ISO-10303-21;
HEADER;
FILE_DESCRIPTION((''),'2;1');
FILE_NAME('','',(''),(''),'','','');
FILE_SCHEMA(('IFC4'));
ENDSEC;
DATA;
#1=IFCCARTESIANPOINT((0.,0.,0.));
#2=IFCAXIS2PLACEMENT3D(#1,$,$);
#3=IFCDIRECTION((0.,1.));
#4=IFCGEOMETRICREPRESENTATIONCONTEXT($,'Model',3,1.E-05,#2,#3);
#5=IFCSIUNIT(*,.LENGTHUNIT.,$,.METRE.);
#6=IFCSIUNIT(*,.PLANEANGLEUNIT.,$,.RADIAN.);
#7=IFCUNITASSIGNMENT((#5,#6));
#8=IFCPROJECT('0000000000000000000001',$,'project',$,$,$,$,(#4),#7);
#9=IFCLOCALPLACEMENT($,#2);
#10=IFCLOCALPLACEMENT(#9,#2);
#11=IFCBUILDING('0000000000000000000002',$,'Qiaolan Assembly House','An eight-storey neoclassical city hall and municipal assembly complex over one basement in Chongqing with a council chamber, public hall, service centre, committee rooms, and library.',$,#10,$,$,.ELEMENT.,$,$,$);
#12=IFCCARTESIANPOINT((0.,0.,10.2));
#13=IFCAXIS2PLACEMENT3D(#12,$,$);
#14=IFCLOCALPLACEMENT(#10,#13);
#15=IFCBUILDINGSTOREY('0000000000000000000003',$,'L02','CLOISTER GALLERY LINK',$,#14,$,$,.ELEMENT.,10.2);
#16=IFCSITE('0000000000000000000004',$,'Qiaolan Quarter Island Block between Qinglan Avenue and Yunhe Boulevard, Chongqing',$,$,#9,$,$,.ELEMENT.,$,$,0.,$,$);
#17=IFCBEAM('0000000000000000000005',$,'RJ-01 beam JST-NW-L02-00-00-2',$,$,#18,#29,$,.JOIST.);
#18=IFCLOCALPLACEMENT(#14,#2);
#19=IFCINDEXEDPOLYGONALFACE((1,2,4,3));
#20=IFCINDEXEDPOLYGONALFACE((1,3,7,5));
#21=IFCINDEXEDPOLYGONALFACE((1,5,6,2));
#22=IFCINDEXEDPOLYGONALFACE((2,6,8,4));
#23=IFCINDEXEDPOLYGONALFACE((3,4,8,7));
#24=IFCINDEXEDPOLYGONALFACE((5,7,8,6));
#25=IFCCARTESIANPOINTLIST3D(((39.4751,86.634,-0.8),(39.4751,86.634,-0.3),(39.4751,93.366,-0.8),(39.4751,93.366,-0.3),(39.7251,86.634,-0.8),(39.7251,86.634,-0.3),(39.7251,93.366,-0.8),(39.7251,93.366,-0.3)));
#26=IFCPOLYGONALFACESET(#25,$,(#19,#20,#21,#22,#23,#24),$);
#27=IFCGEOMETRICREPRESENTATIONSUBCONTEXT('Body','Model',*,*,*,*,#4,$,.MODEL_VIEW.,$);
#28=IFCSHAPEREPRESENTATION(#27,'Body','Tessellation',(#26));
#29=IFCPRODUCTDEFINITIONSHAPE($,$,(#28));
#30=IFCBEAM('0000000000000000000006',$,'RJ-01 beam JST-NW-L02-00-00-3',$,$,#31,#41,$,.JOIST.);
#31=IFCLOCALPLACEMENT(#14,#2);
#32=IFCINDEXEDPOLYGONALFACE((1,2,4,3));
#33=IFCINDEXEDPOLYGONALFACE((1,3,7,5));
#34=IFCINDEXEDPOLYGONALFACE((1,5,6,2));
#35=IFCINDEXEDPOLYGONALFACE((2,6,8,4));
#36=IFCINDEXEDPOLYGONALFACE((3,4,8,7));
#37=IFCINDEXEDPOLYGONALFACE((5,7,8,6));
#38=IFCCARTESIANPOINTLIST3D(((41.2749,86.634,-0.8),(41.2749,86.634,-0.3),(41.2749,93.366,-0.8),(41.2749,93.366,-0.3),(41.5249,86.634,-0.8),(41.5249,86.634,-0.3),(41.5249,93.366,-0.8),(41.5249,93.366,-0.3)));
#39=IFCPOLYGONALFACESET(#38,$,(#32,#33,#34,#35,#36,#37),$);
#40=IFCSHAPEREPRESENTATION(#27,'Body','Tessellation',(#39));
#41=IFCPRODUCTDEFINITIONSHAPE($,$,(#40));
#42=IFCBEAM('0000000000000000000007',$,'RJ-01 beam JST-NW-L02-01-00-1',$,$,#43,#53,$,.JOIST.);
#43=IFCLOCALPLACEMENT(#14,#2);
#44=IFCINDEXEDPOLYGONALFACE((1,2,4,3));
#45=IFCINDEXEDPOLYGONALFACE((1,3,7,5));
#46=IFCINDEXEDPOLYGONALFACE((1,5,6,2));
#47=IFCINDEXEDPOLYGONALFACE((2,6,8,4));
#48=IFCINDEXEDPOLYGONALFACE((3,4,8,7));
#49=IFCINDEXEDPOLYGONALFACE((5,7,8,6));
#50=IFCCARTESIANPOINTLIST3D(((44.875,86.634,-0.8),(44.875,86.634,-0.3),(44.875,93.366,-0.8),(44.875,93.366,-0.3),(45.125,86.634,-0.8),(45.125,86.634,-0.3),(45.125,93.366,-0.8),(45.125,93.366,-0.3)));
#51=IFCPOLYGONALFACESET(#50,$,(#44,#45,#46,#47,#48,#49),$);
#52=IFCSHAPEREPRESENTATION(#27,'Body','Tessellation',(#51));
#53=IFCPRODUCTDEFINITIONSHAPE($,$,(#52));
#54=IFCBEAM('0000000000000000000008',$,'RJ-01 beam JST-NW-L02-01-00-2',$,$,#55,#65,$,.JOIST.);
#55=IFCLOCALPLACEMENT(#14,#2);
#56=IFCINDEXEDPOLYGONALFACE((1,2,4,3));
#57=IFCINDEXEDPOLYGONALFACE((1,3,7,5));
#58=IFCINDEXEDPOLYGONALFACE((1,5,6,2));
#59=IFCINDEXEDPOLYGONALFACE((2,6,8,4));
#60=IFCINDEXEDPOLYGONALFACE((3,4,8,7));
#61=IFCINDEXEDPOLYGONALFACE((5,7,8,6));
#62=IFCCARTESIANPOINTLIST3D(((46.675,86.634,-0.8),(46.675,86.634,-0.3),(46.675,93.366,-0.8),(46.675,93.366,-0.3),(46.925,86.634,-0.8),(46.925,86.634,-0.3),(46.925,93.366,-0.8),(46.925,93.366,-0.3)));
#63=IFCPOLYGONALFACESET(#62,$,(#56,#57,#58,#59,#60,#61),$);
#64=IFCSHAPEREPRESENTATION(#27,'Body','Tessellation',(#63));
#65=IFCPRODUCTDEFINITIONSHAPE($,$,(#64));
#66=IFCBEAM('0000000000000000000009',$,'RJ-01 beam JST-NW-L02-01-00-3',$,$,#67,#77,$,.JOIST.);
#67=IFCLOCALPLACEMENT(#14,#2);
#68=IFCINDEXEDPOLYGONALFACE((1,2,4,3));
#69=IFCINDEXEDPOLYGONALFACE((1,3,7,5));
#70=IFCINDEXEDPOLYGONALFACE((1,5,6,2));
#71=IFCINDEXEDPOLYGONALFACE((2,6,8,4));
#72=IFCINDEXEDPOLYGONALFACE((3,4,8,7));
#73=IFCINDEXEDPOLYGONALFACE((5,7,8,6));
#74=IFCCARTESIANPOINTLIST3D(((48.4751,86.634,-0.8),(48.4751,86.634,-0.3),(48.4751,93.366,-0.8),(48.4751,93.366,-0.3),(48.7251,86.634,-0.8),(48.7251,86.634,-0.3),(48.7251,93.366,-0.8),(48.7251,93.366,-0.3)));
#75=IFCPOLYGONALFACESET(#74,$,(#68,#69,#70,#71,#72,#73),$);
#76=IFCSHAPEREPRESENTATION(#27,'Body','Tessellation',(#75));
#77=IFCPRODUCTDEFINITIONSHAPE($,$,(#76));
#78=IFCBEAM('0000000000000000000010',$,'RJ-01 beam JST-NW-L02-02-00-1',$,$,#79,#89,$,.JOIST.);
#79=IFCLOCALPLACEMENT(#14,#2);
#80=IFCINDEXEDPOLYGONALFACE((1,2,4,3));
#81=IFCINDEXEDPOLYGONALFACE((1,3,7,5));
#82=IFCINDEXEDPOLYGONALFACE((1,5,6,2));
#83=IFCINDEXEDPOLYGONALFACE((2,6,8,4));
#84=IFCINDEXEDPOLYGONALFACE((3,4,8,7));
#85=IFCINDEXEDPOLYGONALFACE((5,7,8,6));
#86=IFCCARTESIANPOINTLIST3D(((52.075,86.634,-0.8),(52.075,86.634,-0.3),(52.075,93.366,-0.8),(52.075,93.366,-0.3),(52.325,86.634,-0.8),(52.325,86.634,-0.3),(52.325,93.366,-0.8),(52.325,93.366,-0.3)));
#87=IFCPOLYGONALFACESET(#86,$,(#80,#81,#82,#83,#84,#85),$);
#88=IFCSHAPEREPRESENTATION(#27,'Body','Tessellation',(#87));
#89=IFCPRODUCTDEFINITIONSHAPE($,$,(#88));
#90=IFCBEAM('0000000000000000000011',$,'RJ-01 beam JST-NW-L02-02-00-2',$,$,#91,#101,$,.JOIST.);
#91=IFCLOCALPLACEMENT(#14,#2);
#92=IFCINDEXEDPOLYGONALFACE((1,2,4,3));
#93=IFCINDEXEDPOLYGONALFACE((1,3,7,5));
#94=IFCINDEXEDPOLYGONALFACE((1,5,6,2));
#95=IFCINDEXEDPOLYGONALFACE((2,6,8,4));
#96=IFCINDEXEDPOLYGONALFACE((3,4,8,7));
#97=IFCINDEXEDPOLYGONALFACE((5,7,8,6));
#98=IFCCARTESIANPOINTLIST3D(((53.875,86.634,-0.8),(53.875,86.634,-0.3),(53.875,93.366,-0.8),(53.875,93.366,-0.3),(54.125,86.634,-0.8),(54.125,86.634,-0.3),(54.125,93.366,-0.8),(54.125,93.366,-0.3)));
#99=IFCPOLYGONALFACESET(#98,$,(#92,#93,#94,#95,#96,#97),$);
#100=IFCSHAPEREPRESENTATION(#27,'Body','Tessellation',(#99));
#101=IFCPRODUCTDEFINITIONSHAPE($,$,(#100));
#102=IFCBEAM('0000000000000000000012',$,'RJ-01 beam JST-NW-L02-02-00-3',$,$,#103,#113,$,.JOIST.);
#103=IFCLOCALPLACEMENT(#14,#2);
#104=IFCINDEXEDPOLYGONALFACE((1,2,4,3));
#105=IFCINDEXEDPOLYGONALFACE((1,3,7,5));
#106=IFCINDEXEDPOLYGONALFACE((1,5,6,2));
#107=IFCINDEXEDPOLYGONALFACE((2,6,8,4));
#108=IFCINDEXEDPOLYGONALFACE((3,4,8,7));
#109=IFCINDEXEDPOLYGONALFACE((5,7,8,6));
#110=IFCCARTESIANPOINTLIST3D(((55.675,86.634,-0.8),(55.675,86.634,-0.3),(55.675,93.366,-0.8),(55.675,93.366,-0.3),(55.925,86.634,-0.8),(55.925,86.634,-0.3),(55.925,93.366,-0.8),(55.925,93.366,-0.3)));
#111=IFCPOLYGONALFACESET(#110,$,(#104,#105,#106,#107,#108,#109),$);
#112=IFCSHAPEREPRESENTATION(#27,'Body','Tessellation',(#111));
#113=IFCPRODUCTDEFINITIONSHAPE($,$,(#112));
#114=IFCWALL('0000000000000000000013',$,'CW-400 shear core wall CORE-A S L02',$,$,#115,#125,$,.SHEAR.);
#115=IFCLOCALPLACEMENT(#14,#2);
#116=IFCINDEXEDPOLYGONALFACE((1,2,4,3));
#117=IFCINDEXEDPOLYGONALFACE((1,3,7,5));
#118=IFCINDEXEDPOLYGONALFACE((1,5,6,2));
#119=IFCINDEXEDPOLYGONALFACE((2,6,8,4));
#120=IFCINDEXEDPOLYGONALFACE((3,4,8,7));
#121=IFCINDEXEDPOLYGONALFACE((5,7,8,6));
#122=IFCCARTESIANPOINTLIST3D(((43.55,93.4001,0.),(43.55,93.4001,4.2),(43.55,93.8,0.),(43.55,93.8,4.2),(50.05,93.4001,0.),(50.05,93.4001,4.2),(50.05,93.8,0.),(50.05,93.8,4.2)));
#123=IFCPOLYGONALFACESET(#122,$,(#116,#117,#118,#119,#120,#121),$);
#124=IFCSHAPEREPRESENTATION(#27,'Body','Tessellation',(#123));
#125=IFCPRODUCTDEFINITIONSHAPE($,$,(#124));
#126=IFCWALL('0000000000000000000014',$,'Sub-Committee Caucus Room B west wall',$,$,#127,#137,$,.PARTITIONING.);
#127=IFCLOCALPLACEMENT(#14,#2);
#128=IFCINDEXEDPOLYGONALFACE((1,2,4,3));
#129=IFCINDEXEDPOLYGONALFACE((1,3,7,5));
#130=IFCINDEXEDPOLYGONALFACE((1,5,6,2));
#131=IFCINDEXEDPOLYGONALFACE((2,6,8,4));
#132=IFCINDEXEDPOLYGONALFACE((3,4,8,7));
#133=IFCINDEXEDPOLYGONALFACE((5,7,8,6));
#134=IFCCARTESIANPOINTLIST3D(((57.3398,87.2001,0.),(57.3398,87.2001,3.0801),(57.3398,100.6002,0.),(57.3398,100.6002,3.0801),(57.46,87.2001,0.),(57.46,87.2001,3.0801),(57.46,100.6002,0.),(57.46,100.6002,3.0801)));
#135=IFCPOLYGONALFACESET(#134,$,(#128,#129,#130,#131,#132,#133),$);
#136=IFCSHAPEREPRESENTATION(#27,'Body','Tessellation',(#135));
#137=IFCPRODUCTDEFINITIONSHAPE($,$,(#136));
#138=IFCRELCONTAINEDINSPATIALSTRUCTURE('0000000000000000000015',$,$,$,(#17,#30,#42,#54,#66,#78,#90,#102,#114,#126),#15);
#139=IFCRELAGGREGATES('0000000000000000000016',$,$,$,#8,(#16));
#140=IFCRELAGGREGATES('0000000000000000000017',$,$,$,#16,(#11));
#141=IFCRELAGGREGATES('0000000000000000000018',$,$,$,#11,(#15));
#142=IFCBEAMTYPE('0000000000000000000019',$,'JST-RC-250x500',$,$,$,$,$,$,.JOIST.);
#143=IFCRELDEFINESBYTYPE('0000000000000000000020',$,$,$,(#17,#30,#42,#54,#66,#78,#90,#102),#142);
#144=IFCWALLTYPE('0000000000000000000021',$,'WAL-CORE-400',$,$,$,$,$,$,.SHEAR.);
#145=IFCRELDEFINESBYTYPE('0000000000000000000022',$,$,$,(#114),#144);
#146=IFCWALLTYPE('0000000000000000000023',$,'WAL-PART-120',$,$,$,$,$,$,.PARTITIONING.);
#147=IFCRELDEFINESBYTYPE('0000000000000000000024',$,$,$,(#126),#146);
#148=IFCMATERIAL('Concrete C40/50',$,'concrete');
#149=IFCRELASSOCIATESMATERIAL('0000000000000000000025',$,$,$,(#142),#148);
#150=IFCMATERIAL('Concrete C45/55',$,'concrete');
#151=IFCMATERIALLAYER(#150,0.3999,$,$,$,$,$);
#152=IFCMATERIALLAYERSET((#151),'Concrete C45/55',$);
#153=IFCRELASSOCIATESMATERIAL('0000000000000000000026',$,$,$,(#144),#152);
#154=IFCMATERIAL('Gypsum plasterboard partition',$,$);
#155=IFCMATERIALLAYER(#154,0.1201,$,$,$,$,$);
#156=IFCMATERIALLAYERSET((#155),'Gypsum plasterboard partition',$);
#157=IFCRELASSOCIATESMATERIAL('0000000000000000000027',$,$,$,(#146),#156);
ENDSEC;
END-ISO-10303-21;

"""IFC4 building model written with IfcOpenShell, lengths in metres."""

from ifc_helpers import new_model, si_unit, direction, frame, frame_2d, origin, origin_2d, place, context, subcontext, project, spatial, rectangle, extrude, material, layer, layer_set, material_profile, profile_set, type_object, element, save


model = new_model("IFC4")

# Units and contexts
model_context = context("Model", 3, precision=1e-05, world=origin(), true_north=direction((0.0, 1.0)))
body_context = subcontext(model_context, "Body", "Model", "MODEL_VIEW")
ifc_project = project(units=[si_unit("LENGTHUNIT", "METRE"), si_unit("PLANEANGLEUNIT", "RADIAN")], contexts=[model_context])

# Site, building, storey
site_placement = place(None, origin())
site = spatial("IfcSite", under=ifc_project, at=site_placement, Name="Qiaolan Quarter Island Block between Qinglan Avenue and Yunhe Boulevard, Chongqing", CompositionType="ELEMENT", RefElevation=0.0)
building_placement = place(site_placement, origin())
building = spatial("IfcBuilding", under=site, at=building_placement, Name="Qiaolan Assembly House", Description="An eight-storey neoclassical city hall and municipal assembly complex over one basement in Chongqing with a council chamber, public hall, service centre, committee rooms, and library.", CompositionType="ELEMENT")
storey_placement = place(building_placement, frame((0.0, 0.0, 10.2)))
storey = spatial("IfcBuildingStorey", under=building, at=storey_placement, Name="L02", Description="CLOISTER GALLERY LINK", CompositionType="ELEMENT", Elevation=10.2)

# Shared definitions
ifc_material_1 = material(Name="Concrete C45/55", Category="concrete")

# Beams
ifc_material_2 = material(Name="Concrete C40/50", Category="concrete")
ifc_material_profile_1 = material_profile(ifc_material_2, rectangle(XDim=0.25, YDim=0.5, at=origin_2d()), Name="RCB 250x500")
ifc_profile_set_1 = profile_set([ifc_material_profile_1], Name="Concrete C40/50")
beam_type_1 = type_object("IfcBeamType", Name="JST-RC-250x500", PredefinedType="JOIST", material=ifc_profile_set_1)
for number, where, z_axis, x_axis, name in (
    (1, (39.6001, 86.634, -0.55), (0.0, 1.0, 0.0), (-1.0, 0.0, 0.0), "RJ-01 beam JST-NW-L02-00-00-2"),
    (2, (41.3999, 86.634, -0.55), (0.0, 1.0, 0.0), (-1.0, 0.0, 0.0), "RJ-01 beam JST-NW-L02-00-00-3"),
    (3, (45.0, 86.634, -0.55), (0.0, 1.0, 0.0), (-1.0, 0.0, 0.0), "RJ-01 beam JST-NW-L02-01-00-1"),
    (4, (46.8, 86.634, -0.55), (0.0, 1.0, 0.0), (-1.0, 0.0, 0.0), "RJ-01 beam JST-NW-L02-01-00-2"),
    (5, (48.6001, 86.634, -0.55), (0.0, 1.0, 0.0), (-1.0, 0.0, 0.0), "RJ-01 beam JST-NW-L02-01-00-3"),
    (6, (52.2, 86.634, -0.55), (0.0, 1.0, 0.0), (-1.0, 0.0, 0.0), "RJ-01 beam JST-NW-L02-02-00-1"),
    (7, (54.0, 86.634, -0.55), (0.0, 1.0, 0.0), (-1.0, 0.0, 0.0), "RJ-01 beam JST-NW-L02-02-00-2"),
    (8, (55.8, 86.634, -0.55), (0.0, 1.0, 0.0), (-1.0, 0.0, 0.0), "RJ-01 beam JST-NW-L02-02-00-3"),
):
    element("IfcBeam", number, at=place(storey_placement, frame(where, z_axis=z_axis, x_axis=x_axis)), inside=storey, type_object=beam_type_1, Name=name, PredefinedType="JOIST", context=body_context, shape_type="SweptSolid", body=[
        extrude(rectangle(XDim=0.25, YDim=0.5, at=origin_2d()), origin(), (0.0, 0.0, 1.0), 6.7319),
    ])

# Walls
ifc_layer_1 = layer(ifc_material_1, 0.3999)
ifc_layer_set_1 = layer_set([ifc_layer_1], Name="Concrete C45/55")
wall_type_1 = type_object("IfcWallType", Name="WAL-CORE-400", PredefinedType="SHEAR", material=ifc_layer_set_1)
wall_1_placement = place(storey_placement, frame((43.55, 93.6001, 0.0), z_axis=(0.0, 0.0, 1.0), x_axis=(1.0, 0.0, 0.0)))
element("IfcWall", 9, at=wall_1_placement, inside=storey, type_object=wall_type_1, Name="CW-400 shear core wall CORE-A S L02", PredefinedType="SHEAR", context=body_context, shape_type="SweptSolid", body=[
    extrude(rectangle(XDim=6.5, YDim=0.3999, at=frame_2d((3.25, 0.0))), origin(), (0.0, 0.0, 1.0), 4.2),
])
ifc_material_3 = material(Name="Gypsum plasterboard partition")
ifc_layer_2 = layer(ifc_material_3, 0.1201)
ifc_layer_set_2 = layer_set([ifc_layer_2], Name="Gypsum plasterboard partition")
wall_type_2 = type_object("IfcWallType", Name="WAL-PART-120", PredefinedType="PARTITIONING", material=ifc_layer_set_2)
wall_2_placement = place(storey_placement, frame((57.3999, 87.2, 0.0), z_axis=(0.0, 0.0, 1.0), x_axis=(0.0, 1.0, 0.0)))
element("IfcWall", 10, at=wall_2_placement, inside=storey, type_object=wall_type_2, Name="Sub-Committee Caucus Room B west wall", PredefinedType="PARTITIONING", context=body_context, shape_type="SweptSolid", body=[
    extrude(rectangle(XDim=13.4001, YDim=0.1201, at=frame_2d((6.7002, 0.0))), origin(), (0.0, 0.0, 1.0), 3.0801),
])

save(model, "model.ifc")
